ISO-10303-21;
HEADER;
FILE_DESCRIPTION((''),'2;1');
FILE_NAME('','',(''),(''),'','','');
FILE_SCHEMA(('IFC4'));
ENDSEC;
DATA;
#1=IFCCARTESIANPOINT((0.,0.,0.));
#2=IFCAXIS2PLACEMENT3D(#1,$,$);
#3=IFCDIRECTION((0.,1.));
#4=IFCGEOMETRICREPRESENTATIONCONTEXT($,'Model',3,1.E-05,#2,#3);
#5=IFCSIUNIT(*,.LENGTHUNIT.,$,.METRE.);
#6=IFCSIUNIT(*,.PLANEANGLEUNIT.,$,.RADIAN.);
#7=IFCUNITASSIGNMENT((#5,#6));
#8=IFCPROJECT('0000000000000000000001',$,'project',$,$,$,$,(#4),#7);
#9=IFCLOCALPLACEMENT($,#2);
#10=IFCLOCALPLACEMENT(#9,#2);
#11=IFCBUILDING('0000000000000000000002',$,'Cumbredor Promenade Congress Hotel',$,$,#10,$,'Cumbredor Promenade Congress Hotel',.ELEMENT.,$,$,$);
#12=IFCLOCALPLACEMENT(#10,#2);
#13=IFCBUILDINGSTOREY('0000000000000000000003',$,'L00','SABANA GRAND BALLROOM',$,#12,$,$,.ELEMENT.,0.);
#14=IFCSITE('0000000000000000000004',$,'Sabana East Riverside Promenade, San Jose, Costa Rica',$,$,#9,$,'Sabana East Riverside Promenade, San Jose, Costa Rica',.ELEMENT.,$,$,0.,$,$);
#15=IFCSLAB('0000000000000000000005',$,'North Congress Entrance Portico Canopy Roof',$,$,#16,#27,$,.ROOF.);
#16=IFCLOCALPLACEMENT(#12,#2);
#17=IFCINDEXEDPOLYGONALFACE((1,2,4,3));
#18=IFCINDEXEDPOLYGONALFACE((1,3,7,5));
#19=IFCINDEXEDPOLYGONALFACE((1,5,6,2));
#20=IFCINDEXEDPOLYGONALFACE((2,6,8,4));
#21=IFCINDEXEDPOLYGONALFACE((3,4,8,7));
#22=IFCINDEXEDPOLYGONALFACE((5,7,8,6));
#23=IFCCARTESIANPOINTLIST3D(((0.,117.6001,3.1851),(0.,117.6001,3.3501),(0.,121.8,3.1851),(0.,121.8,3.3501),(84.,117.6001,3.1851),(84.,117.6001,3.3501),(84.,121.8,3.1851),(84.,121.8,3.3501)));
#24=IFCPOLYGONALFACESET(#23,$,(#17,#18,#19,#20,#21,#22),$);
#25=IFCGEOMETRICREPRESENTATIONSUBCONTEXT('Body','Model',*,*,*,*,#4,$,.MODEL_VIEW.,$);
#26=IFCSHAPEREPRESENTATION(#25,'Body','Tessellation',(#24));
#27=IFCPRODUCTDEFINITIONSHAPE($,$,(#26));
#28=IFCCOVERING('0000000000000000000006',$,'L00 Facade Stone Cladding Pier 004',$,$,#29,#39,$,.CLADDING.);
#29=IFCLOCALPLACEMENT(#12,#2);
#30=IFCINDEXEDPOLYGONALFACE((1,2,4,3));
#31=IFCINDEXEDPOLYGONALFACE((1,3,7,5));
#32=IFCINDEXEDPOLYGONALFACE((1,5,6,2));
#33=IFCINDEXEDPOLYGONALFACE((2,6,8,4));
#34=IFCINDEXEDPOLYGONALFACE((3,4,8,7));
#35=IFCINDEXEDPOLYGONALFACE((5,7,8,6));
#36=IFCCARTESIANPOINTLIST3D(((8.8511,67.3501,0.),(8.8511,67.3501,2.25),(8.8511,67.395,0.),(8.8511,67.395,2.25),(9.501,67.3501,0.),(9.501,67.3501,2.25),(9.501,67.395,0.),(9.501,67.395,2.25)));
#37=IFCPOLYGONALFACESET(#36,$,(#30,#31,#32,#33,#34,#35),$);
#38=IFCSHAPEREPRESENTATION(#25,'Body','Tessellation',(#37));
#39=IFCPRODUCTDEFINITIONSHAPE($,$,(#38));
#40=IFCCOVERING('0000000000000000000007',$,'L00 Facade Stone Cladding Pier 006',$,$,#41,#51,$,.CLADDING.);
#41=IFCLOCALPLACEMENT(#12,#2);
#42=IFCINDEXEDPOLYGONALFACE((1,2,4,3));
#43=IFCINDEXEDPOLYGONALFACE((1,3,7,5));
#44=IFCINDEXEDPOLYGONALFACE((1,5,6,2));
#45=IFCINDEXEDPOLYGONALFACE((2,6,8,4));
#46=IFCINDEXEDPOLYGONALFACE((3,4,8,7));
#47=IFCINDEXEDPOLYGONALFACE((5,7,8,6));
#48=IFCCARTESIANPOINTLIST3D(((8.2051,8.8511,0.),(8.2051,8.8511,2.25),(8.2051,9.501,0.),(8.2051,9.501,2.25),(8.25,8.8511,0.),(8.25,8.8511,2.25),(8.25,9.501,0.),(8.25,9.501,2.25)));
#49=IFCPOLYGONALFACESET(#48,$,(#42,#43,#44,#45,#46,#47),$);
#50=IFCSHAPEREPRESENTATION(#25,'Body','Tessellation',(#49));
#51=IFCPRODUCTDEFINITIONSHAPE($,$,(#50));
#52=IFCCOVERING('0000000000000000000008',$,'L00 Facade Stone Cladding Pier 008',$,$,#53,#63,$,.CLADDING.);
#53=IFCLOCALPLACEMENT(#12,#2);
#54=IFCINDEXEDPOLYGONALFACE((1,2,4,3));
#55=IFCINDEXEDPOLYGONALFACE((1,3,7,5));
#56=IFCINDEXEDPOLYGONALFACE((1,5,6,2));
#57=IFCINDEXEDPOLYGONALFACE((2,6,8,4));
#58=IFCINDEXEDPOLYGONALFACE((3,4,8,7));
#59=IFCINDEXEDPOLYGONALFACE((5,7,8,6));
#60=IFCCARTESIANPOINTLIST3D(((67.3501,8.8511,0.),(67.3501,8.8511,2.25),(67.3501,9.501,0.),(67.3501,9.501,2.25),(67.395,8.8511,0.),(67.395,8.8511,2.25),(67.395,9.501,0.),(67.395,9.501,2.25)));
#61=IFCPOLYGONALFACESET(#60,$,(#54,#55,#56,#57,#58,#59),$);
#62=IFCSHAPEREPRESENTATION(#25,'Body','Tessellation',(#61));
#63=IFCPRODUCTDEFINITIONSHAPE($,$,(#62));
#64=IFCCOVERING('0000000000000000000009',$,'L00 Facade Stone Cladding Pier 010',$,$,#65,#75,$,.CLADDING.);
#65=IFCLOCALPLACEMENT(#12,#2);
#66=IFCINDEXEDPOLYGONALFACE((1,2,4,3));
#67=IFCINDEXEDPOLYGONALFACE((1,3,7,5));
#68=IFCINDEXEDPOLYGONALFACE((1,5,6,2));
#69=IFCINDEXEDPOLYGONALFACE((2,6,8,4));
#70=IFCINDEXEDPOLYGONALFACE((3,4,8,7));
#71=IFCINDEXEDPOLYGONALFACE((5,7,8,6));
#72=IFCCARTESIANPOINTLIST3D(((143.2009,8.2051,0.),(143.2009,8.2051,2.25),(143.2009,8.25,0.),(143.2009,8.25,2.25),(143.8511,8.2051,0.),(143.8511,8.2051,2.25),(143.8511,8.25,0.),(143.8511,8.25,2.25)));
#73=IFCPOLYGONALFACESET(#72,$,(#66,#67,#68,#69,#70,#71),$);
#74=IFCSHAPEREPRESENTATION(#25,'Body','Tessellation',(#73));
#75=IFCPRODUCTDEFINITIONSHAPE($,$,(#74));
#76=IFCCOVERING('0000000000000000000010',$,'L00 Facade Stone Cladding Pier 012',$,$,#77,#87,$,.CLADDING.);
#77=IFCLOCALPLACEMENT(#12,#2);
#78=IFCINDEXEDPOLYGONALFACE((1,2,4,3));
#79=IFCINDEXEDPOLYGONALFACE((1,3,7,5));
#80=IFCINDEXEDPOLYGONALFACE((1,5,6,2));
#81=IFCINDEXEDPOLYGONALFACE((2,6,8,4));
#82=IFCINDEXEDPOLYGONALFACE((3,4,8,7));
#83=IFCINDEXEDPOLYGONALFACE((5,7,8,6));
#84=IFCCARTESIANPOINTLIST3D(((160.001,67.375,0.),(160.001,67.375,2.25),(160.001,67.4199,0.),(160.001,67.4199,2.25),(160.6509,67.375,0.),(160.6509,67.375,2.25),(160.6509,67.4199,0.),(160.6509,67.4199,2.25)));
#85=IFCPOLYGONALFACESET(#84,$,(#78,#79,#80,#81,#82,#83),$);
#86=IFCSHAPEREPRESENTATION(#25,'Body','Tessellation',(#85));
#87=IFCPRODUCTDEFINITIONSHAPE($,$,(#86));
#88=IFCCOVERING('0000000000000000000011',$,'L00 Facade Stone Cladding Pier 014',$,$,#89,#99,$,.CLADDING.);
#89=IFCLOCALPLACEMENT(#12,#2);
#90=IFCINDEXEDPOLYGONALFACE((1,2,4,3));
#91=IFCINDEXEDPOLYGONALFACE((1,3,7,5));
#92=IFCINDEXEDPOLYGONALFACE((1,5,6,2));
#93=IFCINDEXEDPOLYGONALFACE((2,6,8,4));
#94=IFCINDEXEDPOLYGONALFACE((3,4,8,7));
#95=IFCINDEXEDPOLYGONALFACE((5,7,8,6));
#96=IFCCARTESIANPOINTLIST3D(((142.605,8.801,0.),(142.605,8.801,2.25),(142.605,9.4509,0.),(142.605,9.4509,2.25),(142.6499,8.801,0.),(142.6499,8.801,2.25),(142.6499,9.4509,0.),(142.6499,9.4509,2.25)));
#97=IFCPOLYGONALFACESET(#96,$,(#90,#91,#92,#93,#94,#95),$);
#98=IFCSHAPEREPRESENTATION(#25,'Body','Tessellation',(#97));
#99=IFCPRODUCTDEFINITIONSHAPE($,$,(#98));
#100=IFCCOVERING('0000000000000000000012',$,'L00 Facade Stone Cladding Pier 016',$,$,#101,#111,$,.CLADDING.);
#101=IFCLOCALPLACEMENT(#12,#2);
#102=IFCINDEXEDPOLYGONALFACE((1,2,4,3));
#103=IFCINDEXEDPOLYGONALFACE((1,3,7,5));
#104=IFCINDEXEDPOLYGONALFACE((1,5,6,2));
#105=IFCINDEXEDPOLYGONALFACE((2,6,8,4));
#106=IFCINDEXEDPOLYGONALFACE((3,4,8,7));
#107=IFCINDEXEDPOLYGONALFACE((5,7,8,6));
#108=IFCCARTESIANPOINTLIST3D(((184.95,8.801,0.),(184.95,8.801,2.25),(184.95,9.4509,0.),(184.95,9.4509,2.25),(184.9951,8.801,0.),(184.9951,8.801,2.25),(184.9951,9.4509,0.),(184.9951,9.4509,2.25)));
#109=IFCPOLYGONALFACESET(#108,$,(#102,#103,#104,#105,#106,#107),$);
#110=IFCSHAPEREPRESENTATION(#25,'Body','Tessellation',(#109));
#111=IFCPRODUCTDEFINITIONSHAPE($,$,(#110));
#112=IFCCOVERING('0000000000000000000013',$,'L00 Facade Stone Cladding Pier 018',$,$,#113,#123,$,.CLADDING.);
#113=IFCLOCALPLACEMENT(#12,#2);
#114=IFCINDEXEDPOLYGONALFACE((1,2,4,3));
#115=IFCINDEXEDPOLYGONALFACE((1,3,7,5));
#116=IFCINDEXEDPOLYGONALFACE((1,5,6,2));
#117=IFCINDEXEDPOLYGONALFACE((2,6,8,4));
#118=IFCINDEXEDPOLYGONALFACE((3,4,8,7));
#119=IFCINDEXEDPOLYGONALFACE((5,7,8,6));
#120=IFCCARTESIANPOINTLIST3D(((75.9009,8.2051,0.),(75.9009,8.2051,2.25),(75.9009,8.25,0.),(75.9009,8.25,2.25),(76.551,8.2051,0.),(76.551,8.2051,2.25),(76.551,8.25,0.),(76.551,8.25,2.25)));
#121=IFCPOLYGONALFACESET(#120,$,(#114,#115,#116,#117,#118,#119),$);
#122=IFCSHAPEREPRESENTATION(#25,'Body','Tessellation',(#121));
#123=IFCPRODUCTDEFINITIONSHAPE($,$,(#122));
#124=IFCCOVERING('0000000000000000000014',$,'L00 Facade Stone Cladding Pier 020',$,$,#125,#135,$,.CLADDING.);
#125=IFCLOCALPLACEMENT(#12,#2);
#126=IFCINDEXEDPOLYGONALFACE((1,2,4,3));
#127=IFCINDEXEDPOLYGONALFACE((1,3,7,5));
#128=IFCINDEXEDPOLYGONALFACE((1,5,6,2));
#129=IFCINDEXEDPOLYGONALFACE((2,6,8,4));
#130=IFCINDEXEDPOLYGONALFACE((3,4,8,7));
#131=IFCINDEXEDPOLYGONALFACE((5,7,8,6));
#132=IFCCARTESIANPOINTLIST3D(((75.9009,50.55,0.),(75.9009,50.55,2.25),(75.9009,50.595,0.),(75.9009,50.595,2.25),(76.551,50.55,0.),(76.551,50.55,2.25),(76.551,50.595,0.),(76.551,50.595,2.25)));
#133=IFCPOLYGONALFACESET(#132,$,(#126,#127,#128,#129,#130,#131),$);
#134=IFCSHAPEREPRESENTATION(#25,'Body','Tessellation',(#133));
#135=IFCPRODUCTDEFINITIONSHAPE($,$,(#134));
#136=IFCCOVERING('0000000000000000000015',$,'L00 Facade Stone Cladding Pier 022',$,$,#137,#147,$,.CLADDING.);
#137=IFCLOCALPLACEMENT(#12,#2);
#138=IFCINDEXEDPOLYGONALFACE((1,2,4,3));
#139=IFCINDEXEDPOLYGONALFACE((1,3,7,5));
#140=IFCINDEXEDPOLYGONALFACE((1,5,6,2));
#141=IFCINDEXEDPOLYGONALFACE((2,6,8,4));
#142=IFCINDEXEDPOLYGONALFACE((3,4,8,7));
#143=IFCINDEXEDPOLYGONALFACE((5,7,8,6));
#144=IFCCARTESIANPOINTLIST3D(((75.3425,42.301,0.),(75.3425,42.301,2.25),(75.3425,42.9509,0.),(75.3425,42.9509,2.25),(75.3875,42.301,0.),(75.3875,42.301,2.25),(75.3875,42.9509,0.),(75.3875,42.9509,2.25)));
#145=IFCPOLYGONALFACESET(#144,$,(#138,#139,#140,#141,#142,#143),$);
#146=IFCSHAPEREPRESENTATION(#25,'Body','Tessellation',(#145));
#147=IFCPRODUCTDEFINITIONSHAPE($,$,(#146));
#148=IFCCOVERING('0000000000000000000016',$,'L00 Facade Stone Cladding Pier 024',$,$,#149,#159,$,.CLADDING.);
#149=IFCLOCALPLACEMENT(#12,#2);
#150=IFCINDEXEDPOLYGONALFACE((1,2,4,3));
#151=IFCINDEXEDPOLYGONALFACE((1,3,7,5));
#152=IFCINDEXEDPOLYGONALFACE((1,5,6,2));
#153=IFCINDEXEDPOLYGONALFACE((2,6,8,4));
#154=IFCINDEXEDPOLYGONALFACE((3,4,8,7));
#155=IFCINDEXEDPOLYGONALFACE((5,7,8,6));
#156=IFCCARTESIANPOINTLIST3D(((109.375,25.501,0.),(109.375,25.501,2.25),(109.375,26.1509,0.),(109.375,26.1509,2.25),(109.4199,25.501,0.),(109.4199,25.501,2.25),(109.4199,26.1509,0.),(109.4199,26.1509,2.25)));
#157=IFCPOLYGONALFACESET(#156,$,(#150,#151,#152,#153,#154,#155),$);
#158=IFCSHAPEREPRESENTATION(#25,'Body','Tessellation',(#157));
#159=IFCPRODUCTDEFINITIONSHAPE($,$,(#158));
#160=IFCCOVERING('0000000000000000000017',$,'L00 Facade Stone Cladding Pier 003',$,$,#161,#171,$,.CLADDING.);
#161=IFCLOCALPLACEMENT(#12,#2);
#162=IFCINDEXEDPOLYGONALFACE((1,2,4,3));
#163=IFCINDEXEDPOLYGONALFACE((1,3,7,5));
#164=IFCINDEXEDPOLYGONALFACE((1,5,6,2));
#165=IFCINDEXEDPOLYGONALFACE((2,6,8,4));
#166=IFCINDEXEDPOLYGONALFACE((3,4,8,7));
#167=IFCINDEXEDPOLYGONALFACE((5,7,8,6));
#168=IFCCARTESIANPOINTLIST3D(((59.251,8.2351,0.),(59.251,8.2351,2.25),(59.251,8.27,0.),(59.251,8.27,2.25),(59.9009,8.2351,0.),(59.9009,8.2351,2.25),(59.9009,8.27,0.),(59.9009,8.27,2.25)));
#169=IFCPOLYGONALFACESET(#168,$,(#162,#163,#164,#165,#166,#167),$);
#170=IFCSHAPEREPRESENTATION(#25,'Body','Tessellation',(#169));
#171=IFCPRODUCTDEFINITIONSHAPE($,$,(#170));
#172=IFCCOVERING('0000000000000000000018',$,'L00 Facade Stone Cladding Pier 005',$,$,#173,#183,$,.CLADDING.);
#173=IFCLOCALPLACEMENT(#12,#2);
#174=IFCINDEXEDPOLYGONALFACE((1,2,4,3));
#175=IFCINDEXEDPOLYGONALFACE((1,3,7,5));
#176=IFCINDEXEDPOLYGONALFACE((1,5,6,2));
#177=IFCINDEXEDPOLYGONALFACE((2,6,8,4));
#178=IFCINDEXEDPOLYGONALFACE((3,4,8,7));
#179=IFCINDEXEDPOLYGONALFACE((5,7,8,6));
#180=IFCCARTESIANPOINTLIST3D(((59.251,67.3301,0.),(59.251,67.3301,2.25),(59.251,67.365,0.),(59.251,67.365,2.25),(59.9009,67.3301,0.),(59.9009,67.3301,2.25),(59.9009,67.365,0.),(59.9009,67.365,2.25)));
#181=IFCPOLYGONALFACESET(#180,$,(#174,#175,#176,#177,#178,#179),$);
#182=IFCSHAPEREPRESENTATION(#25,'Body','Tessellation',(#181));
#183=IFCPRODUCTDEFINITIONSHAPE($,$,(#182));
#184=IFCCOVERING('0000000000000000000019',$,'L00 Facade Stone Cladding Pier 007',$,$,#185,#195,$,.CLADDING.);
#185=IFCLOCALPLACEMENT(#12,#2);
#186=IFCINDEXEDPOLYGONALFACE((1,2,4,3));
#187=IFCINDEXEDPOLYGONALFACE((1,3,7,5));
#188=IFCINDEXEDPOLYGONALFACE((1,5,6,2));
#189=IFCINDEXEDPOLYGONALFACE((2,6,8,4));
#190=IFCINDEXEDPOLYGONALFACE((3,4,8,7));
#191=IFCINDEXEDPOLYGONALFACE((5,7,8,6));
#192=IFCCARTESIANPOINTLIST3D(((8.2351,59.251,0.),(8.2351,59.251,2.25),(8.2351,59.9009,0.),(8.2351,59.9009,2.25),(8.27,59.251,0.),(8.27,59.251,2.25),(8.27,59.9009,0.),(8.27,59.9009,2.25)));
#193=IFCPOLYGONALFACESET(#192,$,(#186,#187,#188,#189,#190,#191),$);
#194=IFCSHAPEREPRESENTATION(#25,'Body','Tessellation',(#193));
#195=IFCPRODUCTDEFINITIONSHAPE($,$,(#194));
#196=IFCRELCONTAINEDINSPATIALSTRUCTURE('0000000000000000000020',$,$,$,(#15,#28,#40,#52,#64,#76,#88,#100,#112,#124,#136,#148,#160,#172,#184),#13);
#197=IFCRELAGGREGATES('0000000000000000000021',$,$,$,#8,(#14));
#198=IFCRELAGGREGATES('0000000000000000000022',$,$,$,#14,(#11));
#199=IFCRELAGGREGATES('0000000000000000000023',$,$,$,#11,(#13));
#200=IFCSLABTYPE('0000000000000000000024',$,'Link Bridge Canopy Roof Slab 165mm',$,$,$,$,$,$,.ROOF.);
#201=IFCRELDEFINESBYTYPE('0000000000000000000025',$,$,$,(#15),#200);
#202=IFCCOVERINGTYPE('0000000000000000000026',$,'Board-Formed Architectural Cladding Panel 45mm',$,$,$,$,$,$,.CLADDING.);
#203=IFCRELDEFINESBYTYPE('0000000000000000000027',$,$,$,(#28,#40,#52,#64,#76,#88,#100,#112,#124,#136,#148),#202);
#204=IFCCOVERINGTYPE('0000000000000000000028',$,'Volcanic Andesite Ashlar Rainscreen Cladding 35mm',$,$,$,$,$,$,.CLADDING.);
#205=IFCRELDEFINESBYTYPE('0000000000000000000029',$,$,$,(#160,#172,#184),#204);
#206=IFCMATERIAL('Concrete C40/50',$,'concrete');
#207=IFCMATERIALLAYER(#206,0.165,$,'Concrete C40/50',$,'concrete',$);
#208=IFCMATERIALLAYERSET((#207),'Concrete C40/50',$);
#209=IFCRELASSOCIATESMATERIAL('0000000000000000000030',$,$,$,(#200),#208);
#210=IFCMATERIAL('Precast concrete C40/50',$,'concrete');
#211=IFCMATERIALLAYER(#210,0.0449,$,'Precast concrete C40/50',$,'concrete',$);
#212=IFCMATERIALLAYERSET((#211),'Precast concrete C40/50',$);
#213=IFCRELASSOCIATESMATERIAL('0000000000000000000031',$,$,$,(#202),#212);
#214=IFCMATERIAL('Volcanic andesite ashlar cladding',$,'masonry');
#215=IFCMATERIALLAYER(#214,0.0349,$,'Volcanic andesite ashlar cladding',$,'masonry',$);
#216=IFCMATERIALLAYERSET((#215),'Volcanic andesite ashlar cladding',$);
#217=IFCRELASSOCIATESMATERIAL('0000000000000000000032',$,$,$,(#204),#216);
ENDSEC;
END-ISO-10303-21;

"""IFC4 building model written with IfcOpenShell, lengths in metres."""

from ifc_helpers import new_model, si_unit, direction, frame, origin, place, context, subcontext, project, spatial, polyline, outline, extrude, material, layer, layer_set, type_object, element, save


model = new_model("IFC4")

# Units and contexts
model_context = context("Model", 3, precision=1e-05, world=origin(), true_north=direction((0.0, 1.0)))
body_context = subcontext(model_context, "Body", "Model", "MODEL_VIEW")
ifc_project = project(units=[si_unit("LENGTHUNIT", "METRE"), si_unit("PLANEANGLEUNIT", "RADIAN")], contexts=[model_context])

# Site, building, storey
site_placement = place(None, origin())
site = spatial("IfcSite", under=ifc_project, at=site_placement, Name="Sabana East Riverside Promenade, San Jose, Costa Rica", LongName="Sabana East Riverside Promenade, San Jose, Costa Rica", CompositionType="ELEMENT", RefElevation=0.0)
building_placement = place(site_placement, origin())
building = spatial("IfcBuilding", under=site, at=building_placement, Name="Cumbredor Promenade Congress Hotel", LongName="Cumbredor Promenade Congress Hotel", CompositionType="ELEMENT")
storey_placement = place(building_placement, origin())
storey = spatial("IfcBuildingStorey", under=building, at=storey_placement, Name="L00", Description="SABANA GRAND BALLROOM", CompositionType="ELEMENT", Elevation=0.0)

# Slab
ifc_material_1 = material(Name="Concrete C40/50", Category="concrete")
ifc_layer_1 = layer(ifc_material_1, 0.165, Name="Concrete C40/50", Category="concrete")
ifc_layer_set_1 = layer_set([ifc_layer_1], Name="Concrete C40/50")
slab_type = type_object("IfcSlabType", Name="Link Bridge Canopy Roof Slab 165mm", PredefinedType="ROOF", material=ifc_layer_set_1)
slab_placement = place(storey_placement, frame((0.0, 0.0, 3.1851)))
element("IfcSlab", 1, at=slab_placement, inside=storey, type_object=slab_type, Name="North Congress Entrance Portico Canopy Roof", PredefinedType="ROOF", context=body_context, shape_type="SweptSolid", body=[
    extrude(outline(polyline([(0.0, 117.6001), (84.0, 117.6001), (84.0, 121.8), (0.0, 121.8), (0.0, 117.6001)])), origin(), (0.0, 0.0, 1.0), 0.165),
])

# Coverings
ifc_material_2 = material(Name="Precast concrete C40/50", Category="concrete")
ifc_layer_2 = layer(ifc_material_2, 0.0449, Name="Precast concrete C40/50", Category="concrete")
ifc_layer_set_2 = layer_set([ifc_layer_2], Name="Precast concrete C40/50")
covering_type_1 = type_object("IfcCoveringType", Name="Board-Formed Architectural Cladding Panel 45mm", PredefinedType="CLADDING", material=ifc_layer_set_2)
covering_1_placement = place(storey_placement, origin())
element("IfcCovering", 2, at=covering_1_placement, inside=storey, type_object=covering_type_1, Name="L00 Facade Stone Cladding Pier 004", PredefinedType="CLADDING", context=body_context, shape_type="SweptSolid", body=[
    extrude(outline(polyline([(8.8511, 67.3501), (9.501, 67.3501), (9.501, 67.395), (8.8511, 67.395), (8.8511, 67.3501)])), origin(), (0.0, 0.0, 1.0), 2.25),
])
covering_2_placement = place(storey_placement, origin())
element("IfcCovering", 3, at=covering_2_placement, inside=storey, type_object=covering_type_1, Name="L00 Facade Stone Cladding Pier 006", PredefinedType="CLADDING", context=body_context, shape_type="SweptSolid", body=[
    extrude(outline(polyline([(8.25, 8.8511), (8.25, 9.501), (8.2051, 9.501), (8.2051, 8.8511), (8.25, 8.8511)])), origin(), (0.0, 0.0, 1.0), 2.25),
])
covering_3_placement = place(storey_placement, origin())
element("IfcCovering", 4, at=covering_3_placement, inside=storey, type_object=covering_type_1, Name="L00 Facade Stone Cladding Pier 008", PredefinedType="CLADDING", context=body_context, shape_type="SweptSolid", body=[
    extrude(outline(polyline([(67.3501, 8.8511), (67.3501, 9.501), (67.395, 9.501), (67.395, 8.8511), (67.3501, 8.8511)])), origin(), (0.0, 0.0, 1.0), 2.25),
])
covering_4_placement = place(storey_placement, origin())
element("IfcCovering", 5, at=covering_4_placement, inside=storey, type_object=covering_type_1, Name="L00 Facade Stone Cladding Pier 010", PredefinedType="CLADDING", context=body_context, shape_type="SweptSolid", body=[
    extrude(outline(polyline([(143.2009, 8.25), (143.8511, 8.25), (143.8511, 8.2051), (143.2009, 8.2051), (143.2009, 8.25)])), origin(), (0.0, 0.0, 1.0), 2.25),
])
covering_5_placement = place(storey_placement, origin())
element("IfcCovering", 6, at=covering_5_placement, inside=storey, type_object=covering_type_1, Name="L00 Facade Stone Cladding Pier 012", PredefinedType="CLADDING", context=body_context, shape_type="SweptSolid", body=[
    extrude(outline(polyline([(160.001, 67.375), (160.6509, 67.375), (160.6509, 67.4199), (160.001, 67.4199), (160.001, 67.375)])), origin(), (0.0, 0.0, 1.0), 2.25),
])
covering_6_placement = place(storey_placement, origin())
element("IfcCovering", 7, at=covering_6_placement, inside=storey, type_object=covering_type_1, Name="L00 Facade Stone Cladding Pier 014", PredefinedType="CLADDING", context=body_context, shape_type="SweptSolid", body=[
    extrude(outline(polyline([(142.6499, 8.801), (142.6499, 9.4509), (142.605, 9.4509), (142.605, 8.801), (142.6499, 8.801)])), origin(), (0.0, 0.0, 1.0), 2.25),
])
covering_7_placement = place(storey_placement, origin())
element("IfcCovering", 8, at=covering_7_placement, inside=storey, type_object=covering_type_1, Name="L00 Facade Stone Cladding Pier 016", PredefinedType="CLADDING", context=body_context, shape_type="SweptSolid", body=[
    extrude(outline(polyline([(184.95, 8.801), (184.95, 9.4509), (184.9951, 9.4509), (184.9951, 8.801), (184.95, 8.801)])), origin(), (0.0, 0.0, 1.0), 2.25),
])
covering_8_placement = place(storey_placement, origin())
element("IfcCovering", 9, at=covering_8_placement, inside=storey, type_object=covering_type_1, Name="L00 Facade Stone Cladding Pier 018", PredefinedType="CLADDING", context=body_context, shape_type="SweptSolid", body=[
    extrude(outline(polyline([(75.9009, 8.25), (76.551, 8.25), (76.551, 8.2051), (75.9009, 8.2051), (75.9009, 8.25)])), origin(), (0.0, 0.0, 1.0), 2.25),
])
covering_9_placement = place(storey_placement, origin())
element("IfcCovering", 10, at=covering_9_placement, inside=storey, type_object=covering_type_1, Name="L00 Facade Stone Cladding Pier 020", PredefinedType="CLADDING", context=body_context, shape_type="SweptSolid", body=[
    extrude(outline(polyline([(75.9009, 50.55), (76.551, 50.55), (76.551, 50.595), (75.9009, 50.595), (75.9009, 50.55)])), origin(), (0.0, 0.0, 1.0), 2.25),
])
covering_10_placement = place(storey_placement, origin())
element("IfcCovering", 11, at=covering_10_placement, inside=storey, type_object=covering_type_1, Name="L00 Facade Stone Cladding Pier 022", PredefinedType="CLADDING", context=body_context, shape_type="SweptSolid", body=[
    extrude(outline(polyline([(75.3875, 42.301), (75.3875, 42.9509), (75.3425, 42.9509), (75.3425, 42.301), (75.3875, 42.301)])), origin(), (0.0, 0.0, 1.0), 2.25),
])
covering_11_placement = place(storey_placement, origin())
element("IfcCovering", 12, at=covering_11_placement, inside=storey, type_object=covering_type_1, Name="L00 Facade Stone Cladding Pier 024", PredefinedType="CLADDING", context=body_context, shape_type="SweptSolid", body=[
    extrude(outline(polyline([(109.375, 25.501), (109.375, 26.1509), (109.4199, 26.1509), (109.4199, 25.501), (109.375, 25.501)])), origin(), (0.0, 0.0, 1.0), 2.25),
])
ifc_material_3 = material(Name="Volcanic andesite ashlar cladding", Category="masonry")
ifc_layer_3 = layer(ifc_material_3, 0.0349, Name="Volcanic andesite ashlar cladding", Category="masonry")
ifc_layer_set_3 = layer_set([ifc_layer_3], Name="Volcanic andesite ashlar cladding")
covering_type_2 = type_object("IfcCoveringType", Name="Volcanic Andesite Ashlar Rainscreen Cladding 35mm", PredefinedType="CLADDING", material=ifc_layer_set_3)
covering_12_placement = place(storey_placement, origin())
element("IfcCovering", 13, at=covering_12_placement, inside=storey, type_object=covering_type_2, Name="L00 Facade Stone Cladding Pier 003", PredefinedType="CLADDING", context=body_context, shape_type="SweptSolid", body=[
    extrude(outline(polyline([(59.251, 8.27), (59.9009, 8.27), (59.9009, 8.2351), (59.251, 8.2351), (59.251, 8.27)])), origin(), (0.0, 0.0, 1.0), 2.25),
])
covering_13_placement = place(storey_placement, origin())
element("IfcCovering", 14, at=covering_13_placement, inside=storey, type_object=covering_type_2, Name="L00 Facade Stone Cladding Pier 005", PredefinedType="CLADDING", context=body_context, shape_type="SweptSolid", body=[
    extrude(outline(polyline([(59.251, 67.3301), (59.9009, 67.3301), (59.9009, 67.365), (59.251, 67.365), (59.251, 67.3301)])), origin(), (0.0, 0.0, 1.0), 2.25),
])
covering_14_placement = place(storey_placement, origin())
element("IfcCovering", 15, at=covering_14_placement, inside=storey, type_object=covering_type_2, Name="L00 Facade Stone Cladding Pier 007", PredefinedType="CLADDING", context=body_context, shape_type="SweptSolid", body=[
    extrude(outline(polyline([(8.27, 59.251), (8.27, 59.9009), (8.2351, 59.9009), (8.2351, 59.251), (8.27, 59.251)])), origin(), (0.0, 0.0, 1.0), 2.25),
])

save(model, "model.ifc")
